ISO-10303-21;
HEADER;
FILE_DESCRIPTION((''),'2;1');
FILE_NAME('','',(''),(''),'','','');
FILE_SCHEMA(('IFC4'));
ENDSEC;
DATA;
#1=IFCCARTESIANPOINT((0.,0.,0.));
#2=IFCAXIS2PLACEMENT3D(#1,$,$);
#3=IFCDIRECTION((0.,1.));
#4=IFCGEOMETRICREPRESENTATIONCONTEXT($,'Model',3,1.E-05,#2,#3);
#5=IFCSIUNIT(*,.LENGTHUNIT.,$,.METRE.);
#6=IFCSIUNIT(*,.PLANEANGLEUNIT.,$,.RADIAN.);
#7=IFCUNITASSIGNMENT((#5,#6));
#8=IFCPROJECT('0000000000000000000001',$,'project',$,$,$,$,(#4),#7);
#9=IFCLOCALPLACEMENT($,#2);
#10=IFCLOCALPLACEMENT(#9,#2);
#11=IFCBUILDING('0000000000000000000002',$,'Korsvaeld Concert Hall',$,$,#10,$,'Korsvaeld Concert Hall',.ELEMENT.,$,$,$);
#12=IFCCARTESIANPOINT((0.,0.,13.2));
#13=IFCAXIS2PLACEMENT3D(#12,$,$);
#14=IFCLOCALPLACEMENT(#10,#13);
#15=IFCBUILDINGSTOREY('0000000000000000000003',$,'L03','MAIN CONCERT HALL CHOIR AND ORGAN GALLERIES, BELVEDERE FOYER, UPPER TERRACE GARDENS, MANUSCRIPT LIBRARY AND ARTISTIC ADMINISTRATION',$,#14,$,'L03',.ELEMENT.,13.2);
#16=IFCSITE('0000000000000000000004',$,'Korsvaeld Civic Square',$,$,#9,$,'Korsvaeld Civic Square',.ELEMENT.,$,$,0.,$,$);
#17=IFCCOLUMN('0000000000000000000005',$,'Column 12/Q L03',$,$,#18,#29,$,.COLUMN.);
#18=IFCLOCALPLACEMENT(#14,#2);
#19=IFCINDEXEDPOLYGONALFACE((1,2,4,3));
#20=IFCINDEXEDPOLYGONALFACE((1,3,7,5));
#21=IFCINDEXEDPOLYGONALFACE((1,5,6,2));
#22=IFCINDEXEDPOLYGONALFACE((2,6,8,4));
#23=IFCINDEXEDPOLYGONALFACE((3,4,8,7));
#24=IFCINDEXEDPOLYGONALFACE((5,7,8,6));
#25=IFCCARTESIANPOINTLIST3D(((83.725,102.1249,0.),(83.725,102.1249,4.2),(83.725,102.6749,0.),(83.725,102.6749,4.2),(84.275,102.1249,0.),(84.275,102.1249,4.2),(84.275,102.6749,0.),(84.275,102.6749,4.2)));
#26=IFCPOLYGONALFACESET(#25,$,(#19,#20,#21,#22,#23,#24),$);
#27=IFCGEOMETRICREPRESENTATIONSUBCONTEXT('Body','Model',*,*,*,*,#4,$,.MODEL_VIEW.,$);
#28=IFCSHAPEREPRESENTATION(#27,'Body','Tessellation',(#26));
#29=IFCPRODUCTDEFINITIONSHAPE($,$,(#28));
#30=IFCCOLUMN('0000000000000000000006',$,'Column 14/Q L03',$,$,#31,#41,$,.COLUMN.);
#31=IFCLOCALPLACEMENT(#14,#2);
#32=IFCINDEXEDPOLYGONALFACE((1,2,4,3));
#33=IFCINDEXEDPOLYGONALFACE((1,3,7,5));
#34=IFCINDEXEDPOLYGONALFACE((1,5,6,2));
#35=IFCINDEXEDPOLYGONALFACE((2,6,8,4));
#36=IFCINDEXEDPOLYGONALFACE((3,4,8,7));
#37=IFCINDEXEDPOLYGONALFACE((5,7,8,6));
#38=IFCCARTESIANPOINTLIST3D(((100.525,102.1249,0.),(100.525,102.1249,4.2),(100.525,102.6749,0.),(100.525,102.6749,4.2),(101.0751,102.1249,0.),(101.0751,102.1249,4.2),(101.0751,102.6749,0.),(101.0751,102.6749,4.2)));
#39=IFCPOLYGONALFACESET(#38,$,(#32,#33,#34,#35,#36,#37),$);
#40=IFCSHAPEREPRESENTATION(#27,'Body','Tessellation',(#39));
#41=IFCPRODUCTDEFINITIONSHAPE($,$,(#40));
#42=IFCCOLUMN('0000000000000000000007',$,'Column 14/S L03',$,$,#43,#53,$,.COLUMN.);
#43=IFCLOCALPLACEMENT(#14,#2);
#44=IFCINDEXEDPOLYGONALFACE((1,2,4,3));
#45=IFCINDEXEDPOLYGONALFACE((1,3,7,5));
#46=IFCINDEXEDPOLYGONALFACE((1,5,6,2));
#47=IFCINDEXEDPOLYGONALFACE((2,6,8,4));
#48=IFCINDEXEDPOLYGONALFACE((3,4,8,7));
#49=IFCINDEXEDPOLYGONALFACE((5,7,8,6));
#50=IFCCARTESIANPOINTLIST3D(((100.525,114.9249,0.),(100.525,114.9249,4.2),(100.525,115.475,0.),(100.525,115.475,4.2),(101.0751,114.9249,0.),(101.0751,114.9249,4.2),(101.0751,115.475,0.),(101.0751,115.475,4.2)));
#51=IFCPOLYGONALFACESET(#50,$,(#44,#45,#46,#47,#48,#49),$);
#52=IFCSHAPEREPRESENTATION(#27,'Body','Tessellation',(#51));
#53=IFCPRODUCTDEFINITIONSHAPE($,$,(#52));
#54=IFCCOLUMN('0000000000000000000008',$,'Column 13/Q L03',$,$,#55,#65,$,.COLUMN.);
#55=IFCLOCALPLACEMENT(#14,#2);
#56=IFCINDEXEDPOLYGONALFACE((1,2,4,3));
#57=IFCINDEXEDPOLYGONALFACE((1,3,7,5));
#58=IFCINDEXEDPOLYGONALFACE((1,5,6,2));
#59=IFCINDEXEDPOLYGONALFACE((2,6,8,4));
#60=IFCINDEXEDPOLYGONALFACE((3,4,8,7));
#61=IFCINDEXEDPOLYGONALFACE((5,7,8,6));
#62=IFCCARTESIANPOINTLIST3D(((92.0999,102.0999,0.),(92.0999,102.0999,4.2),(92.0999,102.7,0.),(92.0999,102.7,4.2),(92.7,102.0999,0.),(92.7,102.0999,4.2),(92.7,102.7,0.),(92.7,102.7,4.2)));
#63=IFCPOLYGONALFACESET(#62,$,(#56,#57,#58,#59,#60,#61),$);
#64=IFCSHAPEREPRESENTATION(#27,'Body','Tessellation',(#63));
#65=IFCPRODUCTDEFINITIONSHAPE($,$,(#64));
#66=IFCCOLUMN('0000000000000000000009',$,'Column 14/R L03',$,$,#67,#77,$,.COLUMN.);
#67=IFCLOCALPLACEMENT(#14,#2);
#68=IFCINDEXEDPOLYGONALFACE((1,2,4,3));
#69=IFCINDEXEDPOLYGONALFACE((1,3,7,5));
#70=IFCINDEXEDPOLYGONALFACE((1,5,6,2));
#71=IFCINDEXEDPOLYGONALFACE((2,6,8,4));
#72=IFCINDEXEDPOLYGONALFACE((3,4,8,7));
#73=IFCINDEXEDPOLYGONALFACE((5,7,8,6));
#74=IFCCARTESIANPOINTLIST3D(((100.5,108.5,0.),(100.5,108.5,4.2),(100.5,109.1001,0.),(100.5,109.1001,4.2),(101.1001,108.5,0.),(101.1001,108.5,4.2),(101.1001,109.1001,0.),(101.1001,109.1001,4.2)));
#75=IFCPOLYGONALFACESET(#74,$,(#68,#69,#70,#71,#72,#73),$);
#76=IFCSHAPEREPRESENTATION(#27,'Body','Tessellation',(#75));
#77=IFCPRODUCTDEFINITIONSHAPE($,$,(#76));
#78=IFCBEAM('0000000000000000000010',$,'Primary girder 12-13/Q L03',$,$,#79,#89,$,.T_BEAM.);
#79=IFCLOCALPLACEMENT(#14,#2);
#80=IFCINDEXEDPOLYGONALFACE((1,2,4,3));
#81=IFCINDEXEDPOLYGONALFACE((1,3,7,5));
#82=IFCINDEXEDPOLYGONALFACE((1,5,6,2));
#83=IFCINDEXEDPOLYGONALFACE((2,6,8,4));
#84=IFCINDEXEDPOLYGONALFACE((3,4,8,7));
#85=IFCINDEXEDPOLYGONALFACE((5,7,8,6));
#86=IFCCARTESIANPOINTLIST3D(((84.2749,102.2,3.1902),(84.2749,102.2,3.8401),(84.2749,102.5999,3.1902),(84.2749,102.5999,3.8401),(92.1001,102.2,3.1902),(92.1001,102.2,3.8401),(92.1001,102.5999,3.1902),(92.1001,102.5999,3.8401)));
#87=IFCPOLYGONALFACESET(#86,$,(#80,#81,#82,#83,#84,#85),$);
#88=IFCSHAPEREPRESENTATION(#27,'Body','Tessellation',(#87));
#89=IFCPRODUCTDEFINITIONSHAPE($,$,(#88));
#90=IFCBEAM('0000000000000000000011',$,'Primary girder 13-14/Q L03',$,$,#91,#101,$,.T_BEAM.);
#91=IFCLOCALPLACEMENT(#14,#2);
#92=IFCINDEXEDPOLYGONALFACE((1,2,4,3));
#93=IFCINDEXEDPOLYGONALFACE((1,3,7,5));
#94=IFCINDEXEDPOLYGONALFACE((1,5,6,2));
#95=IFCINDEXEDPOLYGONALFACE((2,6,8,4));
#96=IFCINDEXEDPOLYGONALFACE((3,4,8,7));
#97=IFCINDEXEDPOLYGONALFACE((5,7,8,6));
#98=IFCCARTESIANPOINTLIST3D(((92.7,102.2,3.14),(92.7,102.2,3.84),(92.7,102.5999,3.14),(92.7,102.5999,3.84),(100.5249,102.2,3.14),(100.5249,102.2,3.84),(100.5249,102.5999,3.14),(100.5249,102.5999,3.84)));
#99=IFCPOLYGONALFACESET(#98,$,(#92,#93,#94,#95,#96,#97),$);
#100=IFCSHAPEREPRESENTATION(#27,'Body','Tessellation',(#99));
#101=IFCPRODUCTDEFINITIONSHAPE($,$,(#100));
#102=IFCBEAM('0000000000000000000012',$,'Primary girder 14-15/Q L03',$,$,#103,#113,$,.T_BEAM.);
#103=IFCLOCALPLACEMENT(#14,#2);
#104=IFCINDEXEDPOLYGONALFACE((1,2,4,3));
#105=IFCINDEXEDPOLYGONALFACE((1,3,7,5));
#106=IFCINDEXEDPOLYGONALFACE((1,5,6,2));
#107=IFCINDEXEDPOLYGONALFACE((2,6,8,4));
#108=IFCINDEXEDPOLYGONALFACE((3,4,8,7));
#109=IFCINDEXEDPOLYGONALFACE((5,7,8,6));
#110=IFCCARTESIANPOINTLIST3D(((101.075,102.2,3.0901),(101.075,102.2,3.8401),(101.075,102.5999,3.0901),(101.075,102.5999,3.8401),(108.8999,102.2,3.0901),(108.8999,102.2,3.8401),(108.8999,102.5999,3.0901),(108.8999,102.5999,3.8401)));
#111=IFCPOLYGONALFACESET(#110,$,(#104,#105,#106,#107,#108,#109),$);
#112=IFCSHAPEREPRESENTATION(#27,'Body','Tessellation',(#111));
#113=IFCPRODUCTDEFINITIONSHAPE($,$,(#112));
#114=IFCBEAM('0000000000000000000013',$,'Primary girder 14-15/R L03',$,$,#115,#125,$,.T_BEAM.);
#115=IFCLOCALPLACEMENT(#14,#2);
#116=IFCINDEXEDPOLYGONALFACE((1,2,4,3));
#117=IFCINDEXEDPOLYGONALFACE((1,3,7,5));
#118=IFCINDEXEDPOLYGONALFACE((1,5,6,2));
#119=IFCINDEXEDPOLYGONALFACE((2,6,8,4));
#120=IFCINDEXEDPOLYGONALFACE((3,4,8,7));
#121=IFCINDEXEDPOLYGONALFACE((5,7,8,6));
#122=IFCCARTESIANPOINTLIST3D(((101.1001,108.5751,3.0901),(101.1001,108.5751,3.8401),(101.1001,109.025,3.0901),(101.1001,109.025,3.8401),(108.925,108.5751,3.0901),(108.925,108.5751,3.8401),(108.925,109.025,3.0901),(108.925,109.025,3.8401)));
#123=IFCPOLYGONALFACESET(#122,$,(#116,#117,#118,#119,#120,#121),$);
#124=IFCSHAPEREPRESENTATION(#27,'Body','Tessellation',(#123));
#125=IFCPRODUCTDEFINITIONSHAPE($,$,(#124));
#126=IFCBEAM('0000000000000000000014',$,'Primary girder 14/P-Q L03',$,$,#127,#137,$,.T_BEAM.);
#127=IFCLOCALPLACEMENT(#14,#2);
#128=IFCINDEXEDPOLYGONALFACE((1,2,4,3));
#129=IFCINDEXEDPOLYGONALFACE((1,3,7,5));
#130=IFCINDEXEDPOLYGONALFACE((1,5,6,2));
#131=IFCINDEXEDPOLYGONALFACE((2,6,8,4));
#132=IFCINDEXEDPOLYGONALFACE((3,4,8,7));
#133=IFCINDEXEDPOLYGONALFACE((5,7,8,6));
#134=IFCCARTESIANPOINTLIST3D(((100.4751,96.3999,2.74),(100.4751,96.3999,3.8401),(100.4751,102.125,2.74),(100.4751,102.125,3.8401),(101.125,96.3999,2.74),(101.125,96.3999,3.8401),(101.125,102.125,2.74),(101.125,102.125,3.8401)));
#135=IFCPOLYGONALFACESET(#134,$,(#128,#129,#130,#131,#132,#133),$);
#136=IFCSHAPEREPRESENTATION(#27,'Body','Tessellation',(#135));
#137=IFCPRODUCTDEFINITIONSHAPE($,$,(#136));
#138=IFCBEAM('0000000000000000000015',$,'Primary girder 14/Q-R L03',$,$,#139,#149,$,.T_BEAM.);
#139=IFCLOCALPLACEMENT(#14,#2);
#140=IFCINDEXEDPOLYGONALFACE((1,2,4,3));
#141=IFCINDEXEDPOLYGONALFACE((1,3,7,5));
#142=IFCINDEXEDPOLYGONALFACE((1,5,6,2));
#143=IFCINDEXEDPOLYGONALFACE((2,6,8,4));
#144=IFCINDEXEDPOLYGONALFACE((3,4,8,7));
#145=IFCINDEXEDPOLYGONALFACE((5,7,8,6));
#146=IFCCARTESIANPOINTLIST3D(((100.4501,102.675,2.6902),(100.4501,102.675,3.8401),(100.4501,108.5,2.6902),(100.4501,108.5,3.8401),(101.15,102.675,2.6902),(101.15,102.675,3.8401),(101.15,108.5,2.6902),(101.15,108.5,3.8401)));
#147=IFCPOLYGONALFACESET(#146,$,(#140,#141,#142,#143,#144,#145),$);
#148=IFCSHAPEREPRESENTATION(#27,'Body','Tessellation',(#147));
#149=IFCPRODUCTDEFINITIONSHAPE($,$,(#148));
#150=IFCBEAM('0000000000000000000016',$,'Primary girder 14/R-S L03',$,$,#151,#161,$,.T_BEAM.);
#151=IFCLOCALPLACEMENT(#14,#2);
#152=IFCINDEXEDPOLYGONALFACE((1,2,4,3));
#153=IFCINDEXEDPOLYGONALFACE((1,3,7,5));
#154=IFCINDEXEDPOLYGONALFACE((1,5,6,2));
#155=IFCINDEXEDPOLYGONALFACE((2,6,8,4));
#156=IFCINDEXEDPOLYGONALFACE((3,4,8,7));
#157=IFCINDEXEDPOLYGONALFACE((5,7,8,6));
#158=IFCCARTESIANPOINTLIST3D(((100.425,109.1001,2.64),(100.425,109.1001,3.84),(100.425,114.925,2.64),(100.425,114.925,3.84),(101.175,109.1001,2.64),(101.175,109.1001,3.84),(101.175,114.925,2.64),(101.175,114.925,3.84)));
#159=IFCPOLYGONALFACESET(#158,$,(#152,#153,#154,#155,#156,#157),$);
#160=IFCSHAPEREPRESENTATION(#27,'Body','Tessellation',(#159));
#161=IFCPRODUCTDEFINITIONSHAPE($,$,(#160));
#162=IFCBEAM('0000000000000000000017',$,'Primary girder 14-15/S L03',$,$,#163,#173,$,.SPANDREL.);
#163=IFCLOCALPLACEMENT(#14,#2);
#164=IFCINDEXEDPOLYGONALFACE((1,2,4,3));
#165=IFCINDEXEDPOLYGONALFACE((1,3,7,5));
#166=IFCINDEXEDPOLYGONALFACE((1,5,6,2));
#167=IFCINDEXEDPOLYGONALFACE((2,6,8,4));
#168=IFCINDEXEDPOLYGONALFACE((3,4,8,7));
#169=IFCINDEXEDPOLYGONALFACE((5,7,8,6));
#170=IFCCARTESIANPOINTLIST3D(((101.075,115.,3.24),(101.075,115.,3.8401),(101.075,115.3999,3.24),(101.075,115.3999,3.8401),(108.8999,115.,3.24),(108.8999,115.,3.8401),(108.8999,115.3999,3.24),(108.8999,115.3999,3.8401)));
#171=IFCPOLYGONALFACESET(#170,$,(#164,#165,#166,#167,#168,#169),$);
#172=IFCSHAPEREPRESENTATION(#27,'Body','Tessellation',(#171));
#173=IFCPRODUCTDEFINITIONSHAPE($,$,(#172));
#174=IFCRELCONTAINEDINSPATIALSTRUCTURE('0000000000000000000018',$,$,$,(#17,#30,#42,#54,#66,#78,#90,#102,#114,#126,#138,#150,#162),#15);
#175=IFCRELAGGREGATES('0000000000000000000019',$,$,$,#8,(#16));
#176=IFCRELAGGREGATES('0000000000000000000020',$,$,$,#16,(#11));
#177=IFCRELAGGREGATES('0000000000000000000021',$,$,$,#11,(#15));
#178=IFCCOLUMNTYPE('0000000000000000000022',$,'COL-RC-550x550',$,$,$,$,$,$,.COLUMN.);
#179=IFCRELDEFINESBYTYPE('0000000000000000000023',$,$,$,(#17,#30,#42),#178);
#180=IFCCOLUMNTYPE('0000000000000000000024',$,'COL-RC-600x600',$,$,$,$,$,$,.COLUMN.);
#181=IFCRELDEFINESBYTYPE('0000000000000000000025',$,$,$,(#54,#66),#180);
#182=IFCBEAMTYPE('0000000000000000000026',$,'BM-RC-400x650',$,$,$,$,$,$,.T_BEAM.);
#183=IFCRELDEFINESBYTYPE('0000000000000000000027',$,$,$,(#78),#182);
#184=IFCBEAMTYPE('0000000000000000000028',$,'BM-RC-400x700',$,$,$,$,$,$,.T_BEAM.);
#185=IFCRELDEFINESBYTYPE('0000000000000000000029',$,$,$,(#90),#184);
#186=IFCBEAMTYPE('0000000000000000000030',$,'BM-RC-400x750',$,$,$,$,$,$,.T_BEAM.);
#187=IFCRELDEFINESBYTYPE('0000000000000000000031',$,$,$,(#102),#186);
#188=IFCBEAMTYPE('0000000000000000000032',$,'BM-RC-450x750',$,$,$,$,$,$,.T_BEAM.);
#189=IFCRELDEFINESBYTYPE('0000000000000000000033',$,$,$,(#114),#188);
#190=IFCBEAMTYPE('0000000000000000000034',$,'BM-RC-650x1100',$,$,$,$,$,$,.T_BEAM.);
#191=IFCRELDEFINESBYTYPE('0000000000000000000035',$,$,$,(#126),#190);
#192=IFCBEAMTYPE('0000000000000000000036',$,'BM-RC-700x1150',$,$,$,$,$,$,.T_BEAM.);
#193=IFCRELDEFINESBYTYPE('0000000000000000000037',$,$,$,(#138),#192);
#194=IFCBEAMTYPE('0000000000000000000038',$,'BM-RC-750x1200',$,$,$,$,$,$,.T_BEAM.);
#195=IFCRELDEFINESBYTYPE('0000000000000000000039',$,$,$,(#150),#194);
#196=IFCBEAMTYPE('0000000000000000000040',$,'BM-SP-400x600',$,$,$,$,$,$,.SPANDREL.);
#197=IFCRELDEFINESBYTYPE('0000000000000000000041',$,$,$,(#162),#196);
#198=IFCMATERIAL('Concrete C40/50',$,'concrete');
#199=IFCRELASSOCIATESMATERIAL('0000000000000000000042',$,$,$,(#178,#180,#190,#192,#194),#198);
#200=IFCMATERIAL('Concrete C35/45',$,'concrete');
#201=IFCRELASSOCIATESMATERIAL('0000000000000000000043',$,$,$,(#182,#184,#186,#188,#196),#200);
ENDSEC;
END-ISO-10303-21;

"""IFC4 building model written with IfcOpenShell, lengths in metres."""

from ifc_helpers import new_model, si_unit, direction, frame, origin, origin_2d, place, context, subcontext, project, spatial, rectangle, extrude, material, material_profile, profile_set, type_object, element, save


model = new_model("IFC4")

# Units and contexts
model_context = context("Model", 3, precision=1e-05, world=origin(), true_north=direction((0.0, 1.0)))
body_context = subcontext(model_context, "Body", "Model", "MODEL_VIEW")
ifc_project = project(units=[si_unit("LENGTHUNIT", "METRE"), si_unit("PLANEANGLEUNIT", "RADIAN")], contexts=[model_context])

# Site, building, storey
site_placement = place(None, origin())
site = spatial("IfcSite", under=ifc_project, at=site_placement, Name="Korsvaeld Civic Square", LongName="Korsvaeld Civic Square", CompositionType="ELEMENT", RefElevation=0.0)
building_placement = place(site_placement, origin())
building = spatial("IfcBuilding", under=site, at=building_placement, Name="Korsvaeld Concert Hall", LongName="Korsvaeld Concert Hall", CompositionType="ELEMENT")
storey_placement = place(building_placement, frame((0.0, 0.0, 13.2)))
storey = spatial("IfcBuildingStorey", under=building, at=storey_placement, Name="L03", Description="MAIN CONCERT HALL CHOIR AND ORGAN GALLERIES, BELVEDERE FOYER, UPPER TERRACE GARDENS, MANUSCRIPT LIBRARY AND ARTISTIC ADMINISTRATION", LongName="L03", CompositionType="ELEMENT", Elevation=13.2)

# Columns
ifc_material_1 = material(Name="Concrete C40/50", Category="concrete")
ifc_material_profile_1 = material_profile(ifc_material_1, rectangle(XDim=0.55, YDim=0.55, at=origin_2d()), Name="RC 550x550")
ifc_profile_set_1 = profile_set([ifc_material_profile_1], Name="Concrete C40/50")
column_type_1 = type_object("IfcColumnType", Name="COL-RC-550x550", PredefinedType="COLUMN", material=ifc_profile_set_1)
for number, where, z_axis, x_axis, name in (
    (1, (84.0, 102.3999, 0.0), (0.0, 0.0, 1.0), (1.0, 0.0, 0.0), "Column 12/Q L03"),
    (2, (100.8, 102.3999, 0.0), (0.0, 0.0, 1.0), (1.0, 0.0, 0.0), "Column 14/Q L03"),
    (3, (100.8, 115.2, 0.0), (0.0, 0.0, 1.0), (1.0, 0.0, 0.0), "Column 14/S L03"),
):
    element("IfcColumn", number, at=place(storey_placement, frame(where, z_axis=z_axis, x_axis=x_axis)), inside=storey, type_object=column_type_1, Name=name, PredefinedType="COLUMN", context=body_context, shape_type="SweptSolid", body=[
        extrude(rectangle(XDim=0.55, YDim=0.55, at=origin_2d()), origin(), (0.0, 0.0, 1.0), 4.2),
    ])
ifc_material_profile_2 = material_profile(ifc_material_1, rectangle(XDim=0.6001, YDim=0.6001, at=origin_2d()), Name="RC 600x600")
ifc_profile_set_2 = profile_set([ifc_material_profile_2], Name="Concrete C40/50")
column_type_2 = type_object("IfcColumnType", Name="COL-RC-600x600", PredefinedType="COLUMN", material=ifc_profile_set_2)
for number, where, z_axis, x_axis, name in (
    (4, (92.3999, 102.3999, 0.0), (0.0, 0.0, 1.0), (1.0, 0.0, 0.0), "Column 13/Q L03"),
    (5, (100.8, 108.8, 0.0), (0.0, 0.0, 1.0), (1.0, 0.0, 0.0), "Column 14/R L03"),
):
    element("IfcColumn", number, at=place(storey_placement, frame(where, z_axis=z_axis, x_axis=x_axis)), inside=storey, type_object=column_type_2, Name=name, PredefinedType="COLUMN", context=body_context, shape_type="SweptSolid", body=[
        extrude(rectangle(XDim=0.6001, YDim=0.6001, at=origin_2d()), origin(), (0.0, 0.0, 1.0), 4.2),
    ])

# Beams
ifc_material_2 = material(Name="Concrete C35/45", Category="concrete")
ifc_material_profile_3 = material_profile(ifc_material_2, rectangle(XDim=0.3999, YDim=0.6499, at=origin_2d()), Name="RC 400x650")
ifc_profile_set_3 = profile_set([ifc_material_profile_3], Name="Concrete C35/45")
beam_type_1 = type_object("IfcBeamType", Name="BM-RC-400x650", PredefinedType="T_BEAM", material=ifc_profile_set_3)
beam_1_placement = place(storey_placement, frame((84.2749, 102.3999, 3.5151), z_axis=(1.0, 0.0, 0.0), x_axis=(0.0, 1.0, 0.0)))
element("IfcBeam", 6, at=beam_1_placement, inside=storey, type_object=beam_type_1, Name="Primary girder 12-13/Q L03", PredefinedType="T_BEAM", context=body_context, shape_type="SweptSolid", body=[
    extrude(rectangle(XDim=0.3999, YDim=0.6499, at=origin_2d()), origin(), (0.0, 0.0, 1.0), 7.8252),
])
ifc_material_profile_4 = material_profile(ifc_material_2, rectangle(XDim=0.3999, YDim=0.7, at=origin_2d()), Name="RC 400x700")
ifc_profile_set_4 = profile_set([ifc_material_profile_4], Name="Concrete C35/45")
beam_type_2 = type_object("IfcBeamType", Name="BM-RC-400x700", PredefinedType="T_BEAM", material=ifc_profile_set_4)
beam_2_placement = place(storey_placement, frame((92.7, 102.3999, 3.49), z_axis=(1.0, 0.0, 0.0), x_axis=(0.0, 1.0, 0.0)))
element("IfcBeam", 7, at=beam_2_placement, inside=storey, type_object=beam_type_2, Name="Primary girder 13-14/Q L03", PredefinedType="T_BEAM", context=body_context, shape_type="SweptSolid", body=[
    extrude(rectangle(XDim=0.3999, YDim=0.7, at=origin_2d()), origin(), (0.0, 0.0, 1.0), 7.825),
])
ifc_material_profile_5 = material_profile(ifc_material_2, rectangle(XDim=0.3999, YDim=0.75, at=origin_2d()), Name="RC 400x750")
ifc_profile_set_5 = profile_set([ifc_material_profile_5], Name="Concrete C35/45")
beam_type_3 = type_object("IfcBeamType", Name="BM-RC-400x750", PredefinedType="T_BEAM", material=ifc_profile_set_5)
beam_3_placement = place(storey_placement, frame((101.075, 102.3999, 3.4651), z_axis=(1.0, 0.0, 0.0), x_axis=(0.0, 1.0, 0.0)))
element("IfcBeam", 8, at=beam_3_placement, inside=storey, type_object=beam_type_3, Name="Primary girder 14-15/Q L03", PredefinedType="T_BEAM", context=body_context, shape_type="SweptSolid", body=[
    extrude(rectangle(XDim=0.3999, YDim=0.75, at=origin_2d()), origin(), (0.0, 0.0, 1.0), 7.825),
])
ifc_material_profile_6 = material_profile(ifc_material_2, rectangle(XDim=0.45, YDim=0.75, at=origin_2d()), Name="RC 450x750")
ifc_profile_set_6 = profile_set([ifc_material_profile_6], Name="Concrete C35/45")
beam_type_4 = type_object("IfcBeamType", Name="BM-RC-450x750", PredefinedType="T_BEAM", material=ifc_profile_set_6)
beam_4_placement = place(storey_placement, frame((101.1001, 108.8, 3.4651), z_axis=(1.0, 0.0, 0.0), x_axis=(0.0, 1.0, 0.0)))
element("IfcBeam", 9, at=beam_4_placement, inside=storey, type_object=beam_type_4, Name="Primary girder 14-15/R L03", PredefinedType="T_BEAM", context=body_context, shape_type="SweptSolid", body=[
    extrude(rectangle(XDim=0.45, YDim=0.75, at=origin_2d()), origin(), (0.0, 0.0, 1.0), 7.825),
])
ifc_material_profile_7 = material_profile(ifc_material_1, rectangle(XDim=0.6499, YDim=1.1001, at=origin_2d()), Name="RC 650x1100")
ifc_profile_set_7 = profile_set([ifc_material_profile_7], Name="Concrete C40/50")
beam_type_5 = type_object("IfcBeamType", Name="BM-RC-650x1100", PredefinedType="T_BEAM", material=ifc_profile_set_7)
beam_5_placement = place(storey_placement, frame((100.8, 96.3999, 3.29), z_axis=(0.0, 1.0, 0.0), x_axis=(-1.0, 0.0, 0.0)))
element("IfcBeam", 10, at=beam_5_placement, inside=storey, type_object=beam_type_5, Name="Primary girder 14/P-Q L03", PredefinedType="T_BEAM", context=body_context, shape_type="SweptSolid", body=[
    extrude(rectangle(XDim=0.6499, YDim=1.1001, at=origin_2d()), origin(), (0.0, 0.0, 1.0), 5.7251),
])
ifc_material_profile_8 = material_profile(ifc_material_1, rectangle(XDim=0.7, YDim=1.1499, at=origin_2d()), Name="RC 700x1150")
ifc_profile_set_8 = profile_set([ifc_material_profile_8], Name="Concrete C40/50")
beam_type_6 = type_object("IfcBeamType", Name="BM-RC-700x1150", PredefinedType="T_BEAM", material=ifc_profile_set_8)
beam_6_placement = place(storey_placement, frame((100.8, 102.675, 3.2651), z_axis=(0.0, 1.0, 0.0), x_axis=(-1.0, 0.0, 0.0)))
element("IfcBeam", 11, at=beam_6_placement, inside=storey, type_object=beam_type_6, Name="Primary girder 14/Q-R L03", PredefinedType="T_BEAM", context=body_context, shape_type="SweptSolid", body=[
    extrude(rectangle(XDim=0.7, YDim=1.1499, at=origin_2d()), origin(), (0.0, 0.0, 1.0), 5.825),
])
ifc_material_profile_9 = material_profile(ifc_material_1, rectangle(XDim=0.75, YDim=1.2, at=origin_2d()), Name="RC 750x1200")
ifc_profile_set_9 = profile_set([ifc_material_profile_9], Name="Concrete C40/50")
beam_type_7 = type_object("IfcBeamType", Name="BM-RC-750x1200", PredefinedType="T_BEAM", material=ifc_profile_set_9)
beam_7_placement = place(storey_placement, frame((100.8, 109.1001, 3.24), z_axis=(0.0, 1.0, 0.0), x_axis=(-1.0, 0.0, 0.0)))
element("IfcBeam", 12, at=beam_7_placement, inside=storey, type_object=beam_type_7, Name="Primary girder 14/R-S L03", PredefinedType="T_BEAM", context=body_context, shape_type="SweptSolid", body=[
    extrude(rectangle(XDim=0.75, YDim=1.2, at=origin_2d()), origin(), (0.0, 0.0, 1.0), 5.825),
])
ifc_material_profile_10 = material_profile(ifc_material_2, rectangle(XDim=0.3999, YDim=0.6001, at=origin_2d()), Name="RC 400x600")
ifc_profile_set_10 = profile_set([ifc_material_profile_10], Name="Concrete C35/45")
beam_type_8 = type_object("IfcBeamType", Name="BM-SP-400x600", PredefinedType="SPANDREL", material=ifc_profile_set_10)
beam_8_placement = place(storey_placement, frame((101.075, 115.2, 3.54), z_axis=(1.0, 0.0, 0.0), x_axis=(0.0, 1.0, 0.0)))
element("IfcBeam", 13, at=beam_8_placement, inside=storey, type_object=beam_type_8, Name="Primary girder 14-15/S L03", PredefinedType="SPANDREL", context=body_context, shape_type="SweptSolid", body=[
    extrude(rectangle(XDim=0.3999, YDim=0.6001, at=origin_2d()), origin(), (0.0, 0.0, 1.0), 7.825),
])

save(model, "model.ifc")
